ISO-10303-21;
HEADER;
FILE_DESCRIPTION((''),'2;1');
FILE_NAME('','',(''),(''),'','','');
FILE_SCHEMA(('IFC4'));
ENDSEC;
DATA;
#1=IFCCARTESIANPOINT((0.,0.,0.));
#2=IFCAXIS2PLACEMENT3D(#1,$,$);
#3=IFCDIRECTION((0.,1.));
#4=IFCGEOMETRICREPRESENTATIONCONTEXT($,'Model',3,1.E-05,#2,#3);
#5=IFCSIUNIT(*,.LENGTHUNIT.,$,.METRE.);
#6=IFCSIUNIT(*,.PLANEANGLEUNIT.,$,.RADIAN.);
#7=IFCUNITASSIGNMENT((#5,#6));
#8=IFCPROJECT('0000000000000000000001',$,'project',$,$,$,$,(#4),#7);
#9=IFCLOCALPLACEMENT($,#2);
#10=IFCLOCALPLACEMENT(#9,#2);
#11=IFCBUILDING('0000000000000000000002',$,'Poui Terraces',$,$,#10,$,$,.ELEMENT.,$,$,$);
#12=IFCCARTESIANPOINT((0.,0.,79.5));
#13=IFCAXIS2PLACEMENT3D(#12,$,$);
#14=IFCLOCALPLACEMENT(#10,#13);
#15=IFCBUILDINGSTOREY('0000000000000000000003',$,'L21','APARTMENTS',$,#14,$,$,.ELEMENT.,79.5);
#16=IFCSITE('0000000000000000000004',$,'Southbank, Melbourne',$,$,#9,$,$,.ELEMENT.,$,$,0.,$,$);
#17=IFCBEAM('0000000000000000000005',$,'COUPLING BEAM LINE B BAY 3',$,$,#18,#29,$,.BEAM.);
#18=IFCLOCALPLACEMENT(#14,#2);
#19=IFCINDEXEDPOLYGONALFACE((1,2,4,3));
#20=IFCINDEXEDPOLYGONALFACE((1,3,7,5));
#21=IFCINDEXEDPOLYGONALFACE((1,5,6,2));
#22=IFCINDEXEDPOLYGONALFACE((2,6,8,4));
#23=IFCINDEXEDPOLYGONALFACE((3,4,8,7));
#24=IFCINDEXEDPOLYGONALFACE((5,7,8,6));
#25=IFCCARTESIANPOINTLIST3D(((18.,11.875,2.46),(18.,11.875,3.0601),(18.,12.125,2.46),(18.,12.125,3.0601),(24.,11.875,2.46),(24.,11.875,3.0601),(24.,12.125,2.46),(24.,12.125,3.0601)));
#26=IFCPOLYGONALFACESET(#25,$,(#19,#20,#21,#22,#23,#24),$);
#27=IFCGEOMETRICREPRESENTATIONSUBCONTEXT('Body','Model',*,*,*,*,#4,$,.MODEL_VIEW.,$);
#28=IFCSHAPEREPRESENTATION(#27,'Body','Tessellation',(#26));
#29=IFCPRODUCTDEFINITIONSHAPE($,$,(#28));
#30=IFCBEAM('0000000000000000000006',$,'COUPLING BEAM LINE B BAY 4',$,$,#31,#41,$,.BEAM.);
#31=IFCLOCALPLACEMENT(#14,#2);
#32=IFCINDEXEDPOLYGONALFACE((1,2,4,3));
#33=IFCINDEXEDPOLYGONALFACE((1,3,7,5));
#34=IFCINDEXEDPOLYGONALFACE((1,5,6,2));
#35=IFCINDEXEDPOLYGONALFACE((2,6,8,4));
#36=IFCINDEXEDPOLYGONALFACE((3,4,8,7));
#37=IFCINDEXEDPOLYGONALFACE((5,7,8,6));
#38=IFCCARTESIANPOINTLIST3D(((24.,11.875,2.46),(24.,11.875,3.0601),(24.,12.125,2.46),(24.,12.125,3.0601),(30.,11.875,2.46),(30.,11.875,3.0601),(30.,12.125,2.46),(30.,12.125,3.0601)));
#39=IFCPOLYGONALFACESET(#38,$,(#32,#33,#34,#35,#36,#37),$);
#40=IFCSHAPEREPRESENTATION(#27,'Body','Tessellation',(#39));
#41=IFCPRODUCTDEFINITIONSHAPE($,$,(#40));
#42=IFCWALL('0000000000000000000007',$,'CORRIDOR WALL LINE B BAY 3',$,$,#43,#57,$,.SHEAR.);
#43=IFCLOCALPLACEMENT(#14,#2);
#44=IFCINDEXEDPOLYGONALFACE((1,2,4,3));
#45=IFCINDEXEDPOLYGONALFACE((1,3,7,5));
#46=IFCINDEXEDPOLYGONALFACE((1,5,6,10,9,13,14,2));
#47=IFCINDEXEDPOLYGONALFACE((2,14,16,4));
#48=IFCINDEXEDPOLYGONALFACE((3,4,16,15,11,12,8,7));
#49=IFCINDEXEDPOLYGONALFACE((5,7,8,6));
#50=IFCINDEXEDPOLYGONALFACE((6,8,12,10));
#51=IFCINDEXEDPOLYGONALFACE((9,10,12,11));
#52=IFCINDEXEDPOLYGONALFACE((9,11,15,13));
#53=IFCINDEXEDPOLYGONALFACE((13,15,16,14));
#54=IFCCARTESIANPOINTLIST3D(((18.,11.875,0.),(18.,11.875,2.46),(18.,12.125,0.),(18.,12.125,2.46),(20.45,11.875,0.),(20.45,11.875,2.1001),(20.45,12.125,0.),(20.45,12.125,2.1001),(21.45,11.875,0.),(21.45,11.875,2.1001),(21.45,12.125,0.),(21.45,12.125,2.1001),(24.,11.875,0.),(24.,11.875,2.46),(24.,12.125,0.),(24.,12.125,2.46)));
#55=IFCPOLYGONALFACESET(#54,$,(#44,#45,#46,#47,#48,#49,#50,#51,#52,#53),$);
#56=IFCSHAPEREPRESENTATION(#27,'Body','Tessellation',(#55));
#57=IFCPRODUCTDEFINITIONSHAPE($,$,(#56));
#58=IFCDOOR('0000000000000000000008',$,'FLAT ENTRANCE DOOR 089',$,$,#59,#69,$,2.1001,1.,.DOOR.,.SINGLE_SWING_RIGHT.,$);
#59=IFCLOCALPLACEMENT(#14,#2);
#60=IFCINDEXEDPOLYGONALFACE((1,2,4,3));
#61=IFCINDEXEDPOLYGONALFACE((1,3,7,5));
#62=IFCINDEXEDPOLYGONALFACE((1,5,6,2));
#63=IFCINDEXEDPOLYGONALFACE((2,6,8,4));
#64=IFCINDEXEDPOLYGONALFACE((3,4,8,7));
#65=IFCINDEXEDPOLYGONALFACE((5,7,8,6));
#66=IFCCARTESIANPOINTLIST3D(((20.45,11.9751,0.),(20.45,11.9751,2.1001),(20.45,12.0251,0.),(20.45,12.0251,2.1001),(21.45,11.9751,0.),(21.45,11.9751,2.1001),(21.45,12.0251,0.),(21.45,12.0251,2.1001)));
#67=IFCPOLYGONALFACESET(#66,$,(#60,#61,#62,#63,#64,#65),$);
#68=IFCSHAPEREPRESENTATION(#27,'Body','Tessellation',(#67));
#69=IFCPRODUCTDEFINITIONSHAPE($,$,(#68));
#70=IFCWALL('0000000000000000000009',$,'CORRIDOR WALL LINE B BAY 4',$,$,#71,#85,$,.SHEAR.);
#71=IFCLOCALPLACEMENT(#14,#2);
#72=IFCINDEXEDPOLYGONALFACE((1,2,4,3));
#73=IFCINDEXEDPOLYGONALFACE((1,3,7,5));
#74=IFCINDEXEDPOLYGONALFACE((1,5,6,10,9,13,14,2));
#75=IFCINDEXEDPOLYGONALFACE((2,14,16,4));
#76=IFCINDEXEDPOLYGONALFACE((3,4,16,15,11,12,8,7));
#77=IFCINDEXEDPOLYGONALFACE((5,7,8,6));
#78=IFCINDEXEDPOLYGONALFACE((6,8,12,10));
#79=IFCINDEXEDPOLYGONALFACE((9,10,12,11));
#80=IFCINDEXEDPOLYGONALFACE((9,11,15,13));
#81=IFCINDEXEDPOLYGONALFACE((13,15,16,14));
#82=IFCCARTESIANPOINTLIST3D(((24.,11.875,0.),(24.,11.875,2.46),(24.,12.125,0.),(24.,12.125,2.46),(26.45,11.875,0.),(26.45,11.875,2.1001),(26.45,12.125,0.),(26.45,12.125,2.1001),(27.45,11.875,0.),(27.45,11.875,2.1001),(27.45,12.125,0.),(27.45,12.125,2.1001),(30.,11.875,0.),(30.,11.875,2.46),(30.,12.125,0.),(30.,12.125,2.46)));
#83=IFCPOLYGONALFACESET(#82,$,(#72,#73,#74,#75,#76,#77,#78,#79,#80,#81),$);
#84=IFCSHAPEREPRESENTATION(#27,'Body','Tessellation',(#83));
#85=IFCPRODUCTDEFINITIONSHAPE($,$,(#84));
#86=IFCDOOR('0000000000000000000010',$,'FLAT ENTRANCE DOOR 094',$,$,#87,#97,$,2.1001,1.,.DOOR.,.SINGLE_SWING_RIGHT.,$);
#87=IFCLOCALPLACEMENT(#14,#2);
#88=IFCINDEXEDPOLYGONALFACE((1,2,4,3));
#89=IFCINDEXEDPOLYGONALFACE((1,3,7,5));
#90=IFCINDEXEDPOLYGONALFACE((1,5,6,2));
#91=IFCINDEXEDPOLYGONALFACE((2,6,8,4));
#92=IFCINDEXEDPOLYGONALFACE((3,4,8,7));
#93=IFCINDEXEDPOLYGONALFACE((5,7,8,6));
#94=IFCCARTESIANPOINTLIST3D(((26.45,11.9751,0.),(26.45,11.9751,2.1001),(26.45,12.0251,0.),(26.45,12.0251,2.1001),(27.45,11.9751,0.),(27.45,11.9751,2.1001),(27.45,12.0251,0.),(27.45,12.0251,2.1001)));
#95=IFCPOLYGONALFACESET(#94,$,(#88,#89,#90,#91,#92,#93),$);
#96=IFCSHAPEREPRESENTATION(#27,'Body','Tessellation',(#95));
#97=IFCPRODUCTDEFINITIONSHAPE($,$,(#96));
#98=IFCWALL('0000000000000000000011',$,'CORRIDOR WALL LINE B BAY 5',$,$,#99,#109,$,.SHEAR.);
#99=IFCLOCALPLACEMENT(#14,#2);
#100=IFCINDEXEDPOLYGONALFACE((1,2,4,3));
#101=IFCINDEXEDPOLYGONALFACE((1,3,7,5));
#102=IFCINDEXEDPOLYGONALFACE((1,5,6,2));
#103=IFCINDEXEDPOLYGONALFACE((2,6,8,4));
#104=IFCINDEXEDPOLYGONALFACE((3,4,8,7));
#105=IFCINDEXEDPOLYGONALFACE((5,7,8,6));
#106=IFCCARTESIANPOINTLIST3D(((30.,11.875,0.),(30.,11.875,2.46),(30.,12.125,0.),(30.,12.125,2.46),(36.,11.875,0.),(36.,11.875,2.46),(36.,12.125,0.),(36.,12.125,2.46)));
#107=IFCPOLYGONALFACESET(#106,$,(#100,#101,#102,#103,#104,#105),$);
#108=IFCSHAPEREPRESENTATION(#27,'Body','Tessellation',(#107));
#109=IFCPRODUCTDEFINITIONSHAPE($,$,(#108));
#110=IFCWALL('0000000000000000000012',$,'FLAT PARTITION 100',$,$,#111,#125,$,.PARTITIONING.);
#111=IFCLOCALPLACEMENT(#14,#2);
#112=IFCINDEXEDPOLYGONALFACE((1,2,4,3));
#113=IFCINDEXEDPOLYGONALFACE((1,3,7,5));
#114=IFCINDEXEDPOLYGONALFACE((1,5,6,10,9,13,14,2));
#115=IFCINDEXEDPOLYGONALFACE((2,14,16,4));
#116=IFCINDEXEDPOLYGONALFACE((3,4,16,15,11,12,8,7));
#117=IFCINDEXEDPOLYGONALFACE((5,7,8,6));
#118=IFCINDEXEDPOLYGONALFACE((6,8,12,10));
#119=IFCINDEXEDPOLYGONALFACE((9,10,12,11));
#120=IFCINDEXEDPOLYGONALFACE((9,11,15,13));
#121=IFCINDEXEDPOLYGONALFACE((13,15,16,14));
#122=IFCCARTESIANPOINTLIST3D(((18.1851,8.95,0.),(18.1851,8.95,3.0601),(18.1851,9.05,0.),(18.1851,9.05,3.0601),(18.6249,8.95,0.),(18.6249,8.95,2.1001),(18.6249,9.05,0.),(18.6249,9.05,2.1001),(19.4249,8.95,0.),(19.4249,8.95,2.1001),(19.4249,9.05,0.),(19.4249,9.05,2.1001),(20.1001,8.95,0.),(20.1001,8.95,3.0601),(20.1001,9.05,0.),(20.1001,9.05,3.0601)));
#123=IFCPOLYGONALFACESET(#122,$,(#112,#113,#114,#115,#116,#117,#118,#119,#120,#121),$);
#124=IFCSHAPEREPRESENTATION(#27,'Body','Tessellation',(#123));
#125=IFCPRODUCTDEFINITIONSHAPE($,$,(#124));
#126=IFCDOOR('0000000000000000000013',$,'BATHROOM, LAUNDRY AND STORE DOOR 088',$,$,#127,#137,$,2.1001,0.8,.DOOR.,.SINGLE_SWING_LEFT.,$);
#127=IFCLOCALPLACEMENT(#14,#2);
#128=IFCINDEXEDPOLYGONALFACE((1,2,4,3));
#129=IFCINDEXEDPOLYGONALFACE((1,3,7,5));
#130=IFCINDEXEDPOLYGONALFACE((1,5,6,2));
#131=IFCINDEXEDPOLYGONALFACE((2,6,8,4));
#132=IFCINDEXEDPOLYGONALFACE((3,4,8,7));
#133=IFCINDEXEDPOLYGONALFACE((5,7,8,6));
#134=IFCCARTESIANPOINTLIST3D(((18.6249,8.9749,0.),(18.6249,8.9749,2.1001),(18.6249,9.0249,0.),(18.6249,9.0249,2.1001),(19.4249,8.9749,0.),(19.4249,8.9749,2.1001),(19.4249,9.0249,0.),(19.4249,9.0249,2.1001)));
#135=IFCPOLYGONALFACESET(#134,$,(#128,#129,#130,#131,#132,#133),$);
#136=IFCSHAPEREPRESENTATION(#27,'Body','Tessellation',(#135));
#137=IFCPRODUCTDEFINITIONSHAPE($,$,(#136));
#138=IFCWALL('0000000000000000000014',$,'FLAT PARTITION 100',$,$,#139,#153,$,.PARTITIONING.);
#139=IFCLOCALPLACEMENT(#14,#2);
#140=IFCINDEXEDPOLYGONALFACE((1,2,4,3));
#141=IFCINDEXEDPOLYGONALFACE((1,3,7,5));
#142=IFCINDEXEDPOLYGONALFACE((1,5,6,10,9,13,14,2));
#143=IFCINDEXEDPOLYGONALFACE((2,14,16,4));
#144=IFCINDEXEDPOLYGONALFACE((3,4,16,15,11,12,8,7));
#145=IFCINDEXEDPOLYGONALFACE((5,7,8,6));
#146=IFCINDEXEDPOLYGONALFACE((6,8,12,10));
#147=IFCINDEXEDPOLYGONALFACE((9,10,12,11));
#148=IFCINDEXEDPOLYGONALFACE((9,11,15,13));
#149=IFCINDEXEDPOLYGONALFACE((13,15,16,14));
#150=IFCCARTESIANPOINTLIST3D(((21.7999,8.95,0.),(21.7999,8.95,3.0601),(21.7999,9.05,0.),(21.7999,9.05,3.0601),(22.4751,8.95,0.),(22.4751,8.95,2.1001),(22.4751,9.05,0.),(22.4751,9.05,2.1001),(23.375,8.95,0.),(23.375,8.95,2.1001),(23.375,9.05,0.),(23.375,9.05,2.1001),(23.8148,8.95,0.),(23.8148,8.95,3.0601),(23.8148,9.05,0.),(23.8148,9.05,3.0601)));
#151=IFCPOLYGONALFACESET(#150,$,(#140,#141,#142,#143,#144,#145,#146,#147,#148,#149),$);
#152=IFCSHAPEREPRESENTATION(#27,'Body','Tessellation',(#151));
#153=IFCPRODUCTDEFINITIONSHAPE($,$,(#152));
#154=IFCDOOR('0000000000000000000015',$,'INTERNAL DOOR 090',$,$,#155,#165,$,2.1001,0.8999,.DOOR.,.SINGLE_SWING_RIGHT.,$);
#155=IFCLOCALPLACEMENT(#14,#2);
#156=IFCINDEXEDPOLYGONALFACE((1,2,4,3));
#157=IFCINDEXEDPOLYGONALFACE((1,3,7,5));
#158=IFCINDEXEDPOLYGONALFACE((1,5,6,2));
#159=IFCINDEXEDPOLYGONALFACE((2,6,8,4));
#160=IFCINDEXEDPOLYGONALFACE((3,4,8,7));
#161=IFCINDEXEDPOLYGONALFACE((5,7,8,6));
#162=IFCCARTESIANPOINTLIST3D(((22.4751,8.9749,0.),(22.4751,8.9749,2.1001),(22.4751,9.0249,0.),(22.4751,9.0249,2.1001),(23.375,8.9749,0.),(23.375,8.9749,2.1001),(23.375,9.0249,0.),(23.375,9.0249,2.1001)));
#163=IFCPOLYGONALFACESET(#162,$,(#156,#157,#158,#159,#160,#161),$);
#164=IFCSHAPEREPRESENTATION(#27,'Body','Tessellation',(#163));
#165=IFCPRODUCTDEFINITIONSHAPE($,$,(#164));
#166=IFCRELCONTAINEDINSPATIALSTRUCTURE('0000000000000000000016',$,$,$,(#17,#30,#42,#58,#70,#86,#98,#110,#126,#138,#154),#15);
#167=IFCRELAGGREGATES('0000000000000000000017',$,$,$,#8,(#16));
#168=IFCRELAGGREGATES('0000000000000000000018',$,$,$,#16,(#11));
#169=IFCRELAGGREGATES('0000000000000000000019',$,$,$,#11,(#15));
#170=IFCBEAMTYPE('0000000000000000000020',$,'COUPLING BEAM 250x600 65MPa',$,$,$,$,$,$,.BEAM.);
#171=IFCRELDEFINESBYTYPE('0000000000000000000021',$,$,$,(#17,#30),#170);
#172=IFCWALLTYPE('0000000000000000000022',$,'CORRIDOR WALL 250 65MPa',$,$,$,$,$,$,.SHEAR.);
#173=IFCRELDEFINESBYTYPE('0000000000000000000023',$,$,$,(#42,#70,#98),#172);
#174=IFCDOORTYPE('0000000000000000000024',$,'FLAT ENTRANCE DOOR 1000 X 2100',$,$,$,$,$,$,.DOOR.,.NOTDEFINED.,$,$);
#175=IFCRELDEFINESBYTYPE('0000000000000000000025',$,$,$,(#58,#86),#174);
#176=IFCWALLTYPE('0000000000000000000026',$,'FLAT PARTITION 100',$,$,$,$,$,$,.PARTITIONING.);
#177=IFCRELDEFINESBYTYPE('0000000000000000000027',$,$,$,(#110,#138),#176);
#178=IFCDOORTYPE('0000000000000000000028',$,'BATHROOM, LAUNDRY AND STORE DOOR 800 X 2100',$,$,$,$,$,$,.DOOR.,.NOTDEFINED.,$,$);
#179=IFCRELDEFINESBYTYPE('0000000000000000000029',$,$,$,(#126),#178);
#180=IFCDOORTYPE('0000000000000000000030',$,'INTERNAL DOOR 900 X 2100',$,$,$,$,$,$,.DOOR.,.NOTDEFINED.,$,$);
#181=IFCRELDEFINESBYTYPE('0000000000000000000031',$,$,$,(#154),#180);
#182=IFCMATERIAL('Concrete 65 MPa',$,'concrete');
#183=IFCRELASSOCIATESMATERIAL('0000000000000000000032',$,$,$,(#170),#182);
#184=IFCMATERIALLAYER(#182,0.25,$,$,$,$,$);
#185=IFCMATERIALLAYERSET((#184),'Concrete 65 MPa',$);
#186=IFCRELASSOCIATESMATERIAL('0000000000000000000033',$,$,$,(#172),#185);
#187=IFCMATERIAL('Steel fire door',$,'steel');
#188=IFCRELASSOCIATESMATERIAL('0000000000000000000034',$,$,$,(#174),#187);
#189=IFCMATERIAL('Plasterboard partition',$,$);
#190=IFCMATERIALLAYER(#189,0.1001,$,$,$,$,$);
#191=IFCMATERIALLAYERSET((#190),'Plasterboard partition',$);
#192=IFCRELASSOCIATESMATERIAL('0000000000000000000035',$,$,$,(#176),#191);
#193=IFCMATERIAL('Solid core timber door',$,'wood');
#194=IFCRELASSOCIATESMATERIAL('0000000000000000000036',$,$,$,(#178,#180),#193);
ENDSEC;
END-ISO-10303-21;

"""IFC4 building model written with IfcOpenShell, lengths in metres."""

from ifc_helpers import new_model, si_unit, direction, frame, frame_2d, origin, origin_2d, place, context, subcontext, project, spatial, rectangle, extrude, source, transform, mapped, material, layer, layer_set, material_profile, profile_set, type_object, element, fill, save


model = new_model("IFC4")

# Units and contexts
model_context = context("Model", 3, precision=1e-05, world=origin(), true_north=direction((0.0, 1.0)))
body_context = subcontext(model_context, "Body", "Model", "MODEL_VIEW")
ifc_project = project(units=[si_unit("LENGTHUNIT", "METRE"), si_unit("PLANEANGLEUNIT", "RADIAN")], contexts=[model_context])

# Site, building, storey
site_placement = place(None, origin())
site = spatial("IfcSite", under=ifc_project, at=site_placement, Name="Southbank, Melbourne", CompositionType="ELEMENT", RefElevation=0.0)
building_placement = place(site_placement, origin())
building = spatial("IfcBuilding", under=site, at=building_placement, Name="Poui Terraces", CompositionType="ELEMENT")
storey_placement = place(building_placement, frame((0.0, 0.0, 79.5)))
storey = spatial("IfcBuildingStorey", under=building, at=storey_placement, Name="L21", Description="APARTMENTS", CompositionType="ELEMENT", Elevation=79.5)

# Beams
ifc_material_1 = material(Name="Concrete 65 MPa", Category="concrete")
ifc_material_profile = material_profile(ifc_material_1, rectangle(XDim=0.25, YDim=0.6001, at=origin_2d()), Name="RC 250x600")
ifc_profile_set = profile_set([ifc_material_profile], Name="Concrete 65 MPa")
beam_type = type_object("IfcBeamType", Name="COUPLING BEAM 250x600 65MPa", PredefinedType="BEAM", material=ifc_profile_set)
shared_shape = source(origin(), body_context, "Body", "SweptSolid", [
    extrude(rectangle(XDim=0.25, YDim=0.6001, at=origin_2d()), origin(), (0.0, 0.0, 1.0), 6.0),
])
for number, where, z_axis, x_axis, name in (
    (1, (18.0, 12.0, 2.76), (1.0, 0.0, 0.0), (0.0, 1.0, 0.0), "COUPLING BEAM LINE B BAY 3"),
    (2, (24.0, 12.0, 2.76), (1.0, 0.0, 0.0), (0.0, 1.0, 0.0), "COUPLING BEAM LINE B BAY 4"),
):
    element("IfcBeam", number, at=place(storey_placement, frame(where, z_axis=z_axis, x_axis=x_axis)), inside=storey, type_object=beam_type, Name=name, PredefinedType="BEAM", context=body_context, shape_type="MappedRepresentation", body=[
        mapped(shared_shape, transform((0.0, 0.0, 0.0))),
    ])

# Walls, openings, doors
ifc_layer_1 = layer(ifc_material_1, 0.25)
ifc_layer_set_1 = layer_set([ifc_layer_1], Name="Concrete 65 MPa")
wall_type_1 = type_object("IfcWallType", Name="CORRIDOR WALL 250 65MPa", PredefinedType="SHEAR", material=ifc_layer_set_1)
wall_1_placement = place(storey_placement, frame((18.0, 12.0, 0.0), z_axis=(0.0, 0.0, 1.0), x_axis=(1.0, 0.0, 0.0)))
wall_1 = element("IfcWall", 3, at=wall_1_placement, inside=storey, type_object=wall_type_1, Name="CORRIDOR WALL LINE B BAY 3", PredefinedType="SHEAR", context=body_context, shape_type="SweptSolid", body=[
    extrude(rectangle(XDim=6.0, YDim=0.25, at=frame_2d((3.0, 0.0))), origin(), (0.0, 0.0, 1.0), 2.46),
])
opening_1_placement = place(wall_1_placement, frame((2.45, 0.0, 0.0)))
opening_1 = element("IfcOpeningElement", 4, at=opening_1_placement, cuts=wall_1, PredefinedType="OPENING", context=body_context, shape_type="SweptSolid", body=[
    extrude(rectangle(XDim=1.0, YDim=2.1001, at=frame_2d((0.5, 1.05))), frame((0.0, 0.135, 0.0), z_axis=(0.0, -1.0, 0.0), x_axis=(1.0, 0.0, 0.0)), (0.0, 0.0, 1.0), 0.27),
])
ifc_material_2 = material(Name="Steel fire door", Category="steel")
door_type_1 = type_object("IfcDoorType", Name="FLAT ENTRANCE DOOR 1000 X 2100", OperationType="NOTDEFINED", PredefinedType="DOOR", material=ifc_material_2)
door_1_placement = place(opening_1_placement, frame((1.0, 0.0, 0.0), z_axis=(0.0, 0.0, 1.0), x_axis=(-1.0, 0.0, 0.0)))
door_1 = element("IfcDoor", 5, at=door_1_placement, inside=storey, type_object=door_type_1, Name="FLAT ENTRANCE DOOR 089", OperationType="SINGLE_SWING_RIGHT", OverallHeight=2.1001, OverallWidth=1.0, PredefinedType="DOOR", context=body_context, shape_type="SweptSolid", body=[
    extrude(rectangle(XDim=1.0, YDim=2.1001, at=frame_2d((0.5, 1.05))), frame((0.0, 0.0249, 0.0), z_axis=(0.0, -1.0, 0.0), x_axis=(1.0, 0.0, 0.0)), (0.0, 0.0, 1.0), 0.05),
])
fill(opening_1, door_1)
wall_2_placement = place(storey_placement, frame((24.0, 12.0, 0.0), z_axis=(0.0, 0.0, 1.0), x_axis=(1.0, 0.0, 0.0)))
wall_2 = element("IfcWall", 6, at=wall_2_placement, inside=storey, type_object=wall_type_1, Name="CORRIDOR WALL LINE B BAY 4", PredefinedType="SHEAR", context=body_context, shape_type="SweptSolid", body=[
    extrude(rectangle(XDim=6.0, YDim=0.25, at=frame_2d((3.0, 0.0))), origin(), (0.0, 0.0, 1.0), 2.46),
])
opening_2_placement = place(wall_2_placement, frame((2.45, 0.0, 0.0)))
opening_2 = element("IfcOpeningElement", 7, at=opening_2_placement, cuts=wall_2, PredefinedType="OPENING", context=body_context, shape_type="SweptSolid", body=[
    extrude(rectangle(XDim=1.0, YDim=2.1001, at=frame_2d((0.5, 1.05))), frame((0.0, 0.135, 0.0), z_axis=(0.0, -1.0, 0.0), x_axis=(1.0, 0.0, 0.0)), (0.0, 0.0, 1.0), 0.27),
])
door_2_placement = place(opening_2_placement, frame((1.0, 0.0, 0.0), z_axis=(0.0, 0.0, 1.0), x_axis=(-1.0, 0.0, 0.0)))
door_2 = element("IfcDoor", 8, at=door_2_placement, inside=storey, type_object=door_type_1, Name="FLAT ENTRANCE DOOR 094", OperationType="SINGLE_SWING_RIGHT", OverallHeight=2.1001, OverallWidth=1.0, PredefinedType="DOOR", context=body_context, shape_type="SweptSolid", body=[
    extrude(rectangle(XDim=1.0, YDim=2.1001, at=frame_2d((0.5, 1.05))), frame((0.0, 0.0249, 0.0), z_axis=(0.0, -1.0, 0.0), x_axis=(1.0, 0.0, 0.0)), (0.0, 0.0, 1.0), 0.05),
])
fill(opening_2, door_2)

# Wall
wall_3_placement = place(storey_placement, frame((30.0, 12.0, 0.0), z_axis=(0.0, 0.0, 1.0), x_axis=(1.0, 0.0, 0.0)))
element("IfcWall", 9, at=wall_3_placement, inside=storey, type_object=wall_type_1, Name="CORRIDOR WALL LINE B BAY 5", PredefinedType="SHEAR", context=body_context, shape_type="SweptSolid", body=[
    extrude(rectangle(XDim=6.0, YDim=0.25, at=frame_2d((3.0, 0.0))), origin(), (0.0, 0.0, 1.0), 2.46),
])

# Walls, openings, doors
ifc_material_3 = material(Name="Plasterboard partition")
ifc_layer_2 = layer(ifc_material_3, 0.1001)
ifc_layer_set_2 = layer_set([ifc_layer_2], Name="Plasterboard partition")
wall_type_2 = type_object("IfcWallType", Name="FLAT PARTITION 100", PredefinedType="PARTITIONING", material=ifc_layer_set_2)
wall_4_placement = place(storey_placement, frame((18.1851, 9.0, 0.0), z_axis=(0.0, 0.0, 1.0), x_axis=(1.0, 0.0, 0.0)))
wall_4 = element("IfcWall", 10, at=wall_4_placement, inside=storey, type_object=wall_type_2, Name="FLAT PARTITION 100", PredefinedType="PARTITIONING", context=body_context, shape_type="SweptSolid", body=[
    extrude(rectangle(XDim=1.915, YDim=0.1001, at=frame_2d((0.9575, 0.0))), origin(), (0.0, 0.0, 1.0), 3.0601),
])
opening_3_placement = place(wall_4_placement, frame((0.4399, 0.0, 0.0)))
opening_3 = element("IfcOpeningElement", 11, at=opening_3_placement, cuts=wall_4, PredefinedType="OPENING", context=body_context, shape_type="SweptSolid", body=[
    extrude(rectangle(XDim=0.8, YDim=2.1001, at=frame_2d((0.3999, 1.05))), frame((0.0, 0.0601, 0.0), z_axis=(0.0, -1.0, 0.0), x_axis=(1.0, 0.0, 0.0)), (0.0, 0.0, 1.0), 0.1201),
])
ifc_material_4 = material(Name="Solid core timber door", Category="wood")
door_type_2 = type_object("IfcDoorType", Name="BATHROOM, LAUNDRY AND STORE DOOR 800 X 2100", OperationType="NOTDEFINED", PredefinedType="DOOR", material=ifc_material_4)
door_3_placement = place(opening_3_placement, origin())
door_3 = element("IfcDoor", 12, at=door_3_placement, inside=storey, type_object=door_type_2, Name="BATHROOM, LAUNDRY AND STORE DOOR 088", OperationType="SINGLE_SWING_LEFT", OverallHeight=2.1001, OverallWidth=0.8, PredefinedType="DOOR", context=body_context, shape_type="SweptSolid", body=[
    extrude(rectangle(XDim=0.8, YDim=2.1001, at=frame_2d((0.3999, 1.05))), frame((0.0, 0.0249, 0.0), z_axis=(0.0, -1.0, 0.0), x_axis=(1.0, 0.0, 0.0)), (0.0, 0.0, 1.0), 0.05),
])
fill(opening_3, door_3)
wall_5_placement = place(storey_placement, frame((21.8, 9.0, 0.0), z_axis=(0.0, 0.0, 1.0), x_axis=(1.0, 0.0, 0.0)))
wall_5 = element("IfcWall", 13, at=wall_5_placement, inside=storey, type_object=wall_type_2, Name="FLAT PARTITION 100", PredefinedType="PARTITIONING", context=body_context, shape_type="SweptSolid", body=[
    extrude(rectangle(XDim=2.0149, YDim=0.1001, at=frame_2d((1.0073, 0.0))), origin(), (0.0, 0.0, 1.0), 3.0601),
])
opening_4_placement = place(wall_5_placement, frame((0.675, 0.0, 0.0)))
opening_4 = element("IfcOpeningElement", 14, at=opening_4_placement, cuts=wall_5, PredefinedType="OPENING", context=body_context, shape_type="SweptSolid", body=[
    extrude(rectangle(XDim=0.8999, YDim=2.1001, at=frame_2d((0.45, 1.05))), frame((0.0, 0.0601, 0.0), z_axis=(0.0, -1.0, 0.0), x_axis=(1.0, 0.0, 0.0)), (0.0, 0.0, 1.0), 0.1201),
])
door_type_3 = type_object("IfcDoorType", Name="INTERNAL DOOR 900 X 2100", OperationType="NOTDEFINED", PredefinedType="DOOR", material=ifc_material_4)
door_4_placement = place(opening_4_placement, origin())
door_4 = element("IfcDoor", 15, at=door_4_placement, inside=storey, type_object=door_type_3, Name="INTERNAL DOOR 090", OperationType="SINGLE_SWING_RIGHT", OverallHeight=2.1001, OverallWidth=0.8999, PredefinedType="DOOR", context=body_context, shape_type="SweptSolid", body=[
    extrude(rectangle(XDim=0.8999, YDim=2.1001, at=frame_2d((0.45, 1.05))), frame((0.0, 0.0249, 0.0), z_axis=(0.0, -1.0, 0.0), x_axis=(1.0, 0.0, 0.0)), (0.0, 0.0, 1.0), 0.05),
])
fill(opening_4, door_4)

save(model, "model.ifc")
